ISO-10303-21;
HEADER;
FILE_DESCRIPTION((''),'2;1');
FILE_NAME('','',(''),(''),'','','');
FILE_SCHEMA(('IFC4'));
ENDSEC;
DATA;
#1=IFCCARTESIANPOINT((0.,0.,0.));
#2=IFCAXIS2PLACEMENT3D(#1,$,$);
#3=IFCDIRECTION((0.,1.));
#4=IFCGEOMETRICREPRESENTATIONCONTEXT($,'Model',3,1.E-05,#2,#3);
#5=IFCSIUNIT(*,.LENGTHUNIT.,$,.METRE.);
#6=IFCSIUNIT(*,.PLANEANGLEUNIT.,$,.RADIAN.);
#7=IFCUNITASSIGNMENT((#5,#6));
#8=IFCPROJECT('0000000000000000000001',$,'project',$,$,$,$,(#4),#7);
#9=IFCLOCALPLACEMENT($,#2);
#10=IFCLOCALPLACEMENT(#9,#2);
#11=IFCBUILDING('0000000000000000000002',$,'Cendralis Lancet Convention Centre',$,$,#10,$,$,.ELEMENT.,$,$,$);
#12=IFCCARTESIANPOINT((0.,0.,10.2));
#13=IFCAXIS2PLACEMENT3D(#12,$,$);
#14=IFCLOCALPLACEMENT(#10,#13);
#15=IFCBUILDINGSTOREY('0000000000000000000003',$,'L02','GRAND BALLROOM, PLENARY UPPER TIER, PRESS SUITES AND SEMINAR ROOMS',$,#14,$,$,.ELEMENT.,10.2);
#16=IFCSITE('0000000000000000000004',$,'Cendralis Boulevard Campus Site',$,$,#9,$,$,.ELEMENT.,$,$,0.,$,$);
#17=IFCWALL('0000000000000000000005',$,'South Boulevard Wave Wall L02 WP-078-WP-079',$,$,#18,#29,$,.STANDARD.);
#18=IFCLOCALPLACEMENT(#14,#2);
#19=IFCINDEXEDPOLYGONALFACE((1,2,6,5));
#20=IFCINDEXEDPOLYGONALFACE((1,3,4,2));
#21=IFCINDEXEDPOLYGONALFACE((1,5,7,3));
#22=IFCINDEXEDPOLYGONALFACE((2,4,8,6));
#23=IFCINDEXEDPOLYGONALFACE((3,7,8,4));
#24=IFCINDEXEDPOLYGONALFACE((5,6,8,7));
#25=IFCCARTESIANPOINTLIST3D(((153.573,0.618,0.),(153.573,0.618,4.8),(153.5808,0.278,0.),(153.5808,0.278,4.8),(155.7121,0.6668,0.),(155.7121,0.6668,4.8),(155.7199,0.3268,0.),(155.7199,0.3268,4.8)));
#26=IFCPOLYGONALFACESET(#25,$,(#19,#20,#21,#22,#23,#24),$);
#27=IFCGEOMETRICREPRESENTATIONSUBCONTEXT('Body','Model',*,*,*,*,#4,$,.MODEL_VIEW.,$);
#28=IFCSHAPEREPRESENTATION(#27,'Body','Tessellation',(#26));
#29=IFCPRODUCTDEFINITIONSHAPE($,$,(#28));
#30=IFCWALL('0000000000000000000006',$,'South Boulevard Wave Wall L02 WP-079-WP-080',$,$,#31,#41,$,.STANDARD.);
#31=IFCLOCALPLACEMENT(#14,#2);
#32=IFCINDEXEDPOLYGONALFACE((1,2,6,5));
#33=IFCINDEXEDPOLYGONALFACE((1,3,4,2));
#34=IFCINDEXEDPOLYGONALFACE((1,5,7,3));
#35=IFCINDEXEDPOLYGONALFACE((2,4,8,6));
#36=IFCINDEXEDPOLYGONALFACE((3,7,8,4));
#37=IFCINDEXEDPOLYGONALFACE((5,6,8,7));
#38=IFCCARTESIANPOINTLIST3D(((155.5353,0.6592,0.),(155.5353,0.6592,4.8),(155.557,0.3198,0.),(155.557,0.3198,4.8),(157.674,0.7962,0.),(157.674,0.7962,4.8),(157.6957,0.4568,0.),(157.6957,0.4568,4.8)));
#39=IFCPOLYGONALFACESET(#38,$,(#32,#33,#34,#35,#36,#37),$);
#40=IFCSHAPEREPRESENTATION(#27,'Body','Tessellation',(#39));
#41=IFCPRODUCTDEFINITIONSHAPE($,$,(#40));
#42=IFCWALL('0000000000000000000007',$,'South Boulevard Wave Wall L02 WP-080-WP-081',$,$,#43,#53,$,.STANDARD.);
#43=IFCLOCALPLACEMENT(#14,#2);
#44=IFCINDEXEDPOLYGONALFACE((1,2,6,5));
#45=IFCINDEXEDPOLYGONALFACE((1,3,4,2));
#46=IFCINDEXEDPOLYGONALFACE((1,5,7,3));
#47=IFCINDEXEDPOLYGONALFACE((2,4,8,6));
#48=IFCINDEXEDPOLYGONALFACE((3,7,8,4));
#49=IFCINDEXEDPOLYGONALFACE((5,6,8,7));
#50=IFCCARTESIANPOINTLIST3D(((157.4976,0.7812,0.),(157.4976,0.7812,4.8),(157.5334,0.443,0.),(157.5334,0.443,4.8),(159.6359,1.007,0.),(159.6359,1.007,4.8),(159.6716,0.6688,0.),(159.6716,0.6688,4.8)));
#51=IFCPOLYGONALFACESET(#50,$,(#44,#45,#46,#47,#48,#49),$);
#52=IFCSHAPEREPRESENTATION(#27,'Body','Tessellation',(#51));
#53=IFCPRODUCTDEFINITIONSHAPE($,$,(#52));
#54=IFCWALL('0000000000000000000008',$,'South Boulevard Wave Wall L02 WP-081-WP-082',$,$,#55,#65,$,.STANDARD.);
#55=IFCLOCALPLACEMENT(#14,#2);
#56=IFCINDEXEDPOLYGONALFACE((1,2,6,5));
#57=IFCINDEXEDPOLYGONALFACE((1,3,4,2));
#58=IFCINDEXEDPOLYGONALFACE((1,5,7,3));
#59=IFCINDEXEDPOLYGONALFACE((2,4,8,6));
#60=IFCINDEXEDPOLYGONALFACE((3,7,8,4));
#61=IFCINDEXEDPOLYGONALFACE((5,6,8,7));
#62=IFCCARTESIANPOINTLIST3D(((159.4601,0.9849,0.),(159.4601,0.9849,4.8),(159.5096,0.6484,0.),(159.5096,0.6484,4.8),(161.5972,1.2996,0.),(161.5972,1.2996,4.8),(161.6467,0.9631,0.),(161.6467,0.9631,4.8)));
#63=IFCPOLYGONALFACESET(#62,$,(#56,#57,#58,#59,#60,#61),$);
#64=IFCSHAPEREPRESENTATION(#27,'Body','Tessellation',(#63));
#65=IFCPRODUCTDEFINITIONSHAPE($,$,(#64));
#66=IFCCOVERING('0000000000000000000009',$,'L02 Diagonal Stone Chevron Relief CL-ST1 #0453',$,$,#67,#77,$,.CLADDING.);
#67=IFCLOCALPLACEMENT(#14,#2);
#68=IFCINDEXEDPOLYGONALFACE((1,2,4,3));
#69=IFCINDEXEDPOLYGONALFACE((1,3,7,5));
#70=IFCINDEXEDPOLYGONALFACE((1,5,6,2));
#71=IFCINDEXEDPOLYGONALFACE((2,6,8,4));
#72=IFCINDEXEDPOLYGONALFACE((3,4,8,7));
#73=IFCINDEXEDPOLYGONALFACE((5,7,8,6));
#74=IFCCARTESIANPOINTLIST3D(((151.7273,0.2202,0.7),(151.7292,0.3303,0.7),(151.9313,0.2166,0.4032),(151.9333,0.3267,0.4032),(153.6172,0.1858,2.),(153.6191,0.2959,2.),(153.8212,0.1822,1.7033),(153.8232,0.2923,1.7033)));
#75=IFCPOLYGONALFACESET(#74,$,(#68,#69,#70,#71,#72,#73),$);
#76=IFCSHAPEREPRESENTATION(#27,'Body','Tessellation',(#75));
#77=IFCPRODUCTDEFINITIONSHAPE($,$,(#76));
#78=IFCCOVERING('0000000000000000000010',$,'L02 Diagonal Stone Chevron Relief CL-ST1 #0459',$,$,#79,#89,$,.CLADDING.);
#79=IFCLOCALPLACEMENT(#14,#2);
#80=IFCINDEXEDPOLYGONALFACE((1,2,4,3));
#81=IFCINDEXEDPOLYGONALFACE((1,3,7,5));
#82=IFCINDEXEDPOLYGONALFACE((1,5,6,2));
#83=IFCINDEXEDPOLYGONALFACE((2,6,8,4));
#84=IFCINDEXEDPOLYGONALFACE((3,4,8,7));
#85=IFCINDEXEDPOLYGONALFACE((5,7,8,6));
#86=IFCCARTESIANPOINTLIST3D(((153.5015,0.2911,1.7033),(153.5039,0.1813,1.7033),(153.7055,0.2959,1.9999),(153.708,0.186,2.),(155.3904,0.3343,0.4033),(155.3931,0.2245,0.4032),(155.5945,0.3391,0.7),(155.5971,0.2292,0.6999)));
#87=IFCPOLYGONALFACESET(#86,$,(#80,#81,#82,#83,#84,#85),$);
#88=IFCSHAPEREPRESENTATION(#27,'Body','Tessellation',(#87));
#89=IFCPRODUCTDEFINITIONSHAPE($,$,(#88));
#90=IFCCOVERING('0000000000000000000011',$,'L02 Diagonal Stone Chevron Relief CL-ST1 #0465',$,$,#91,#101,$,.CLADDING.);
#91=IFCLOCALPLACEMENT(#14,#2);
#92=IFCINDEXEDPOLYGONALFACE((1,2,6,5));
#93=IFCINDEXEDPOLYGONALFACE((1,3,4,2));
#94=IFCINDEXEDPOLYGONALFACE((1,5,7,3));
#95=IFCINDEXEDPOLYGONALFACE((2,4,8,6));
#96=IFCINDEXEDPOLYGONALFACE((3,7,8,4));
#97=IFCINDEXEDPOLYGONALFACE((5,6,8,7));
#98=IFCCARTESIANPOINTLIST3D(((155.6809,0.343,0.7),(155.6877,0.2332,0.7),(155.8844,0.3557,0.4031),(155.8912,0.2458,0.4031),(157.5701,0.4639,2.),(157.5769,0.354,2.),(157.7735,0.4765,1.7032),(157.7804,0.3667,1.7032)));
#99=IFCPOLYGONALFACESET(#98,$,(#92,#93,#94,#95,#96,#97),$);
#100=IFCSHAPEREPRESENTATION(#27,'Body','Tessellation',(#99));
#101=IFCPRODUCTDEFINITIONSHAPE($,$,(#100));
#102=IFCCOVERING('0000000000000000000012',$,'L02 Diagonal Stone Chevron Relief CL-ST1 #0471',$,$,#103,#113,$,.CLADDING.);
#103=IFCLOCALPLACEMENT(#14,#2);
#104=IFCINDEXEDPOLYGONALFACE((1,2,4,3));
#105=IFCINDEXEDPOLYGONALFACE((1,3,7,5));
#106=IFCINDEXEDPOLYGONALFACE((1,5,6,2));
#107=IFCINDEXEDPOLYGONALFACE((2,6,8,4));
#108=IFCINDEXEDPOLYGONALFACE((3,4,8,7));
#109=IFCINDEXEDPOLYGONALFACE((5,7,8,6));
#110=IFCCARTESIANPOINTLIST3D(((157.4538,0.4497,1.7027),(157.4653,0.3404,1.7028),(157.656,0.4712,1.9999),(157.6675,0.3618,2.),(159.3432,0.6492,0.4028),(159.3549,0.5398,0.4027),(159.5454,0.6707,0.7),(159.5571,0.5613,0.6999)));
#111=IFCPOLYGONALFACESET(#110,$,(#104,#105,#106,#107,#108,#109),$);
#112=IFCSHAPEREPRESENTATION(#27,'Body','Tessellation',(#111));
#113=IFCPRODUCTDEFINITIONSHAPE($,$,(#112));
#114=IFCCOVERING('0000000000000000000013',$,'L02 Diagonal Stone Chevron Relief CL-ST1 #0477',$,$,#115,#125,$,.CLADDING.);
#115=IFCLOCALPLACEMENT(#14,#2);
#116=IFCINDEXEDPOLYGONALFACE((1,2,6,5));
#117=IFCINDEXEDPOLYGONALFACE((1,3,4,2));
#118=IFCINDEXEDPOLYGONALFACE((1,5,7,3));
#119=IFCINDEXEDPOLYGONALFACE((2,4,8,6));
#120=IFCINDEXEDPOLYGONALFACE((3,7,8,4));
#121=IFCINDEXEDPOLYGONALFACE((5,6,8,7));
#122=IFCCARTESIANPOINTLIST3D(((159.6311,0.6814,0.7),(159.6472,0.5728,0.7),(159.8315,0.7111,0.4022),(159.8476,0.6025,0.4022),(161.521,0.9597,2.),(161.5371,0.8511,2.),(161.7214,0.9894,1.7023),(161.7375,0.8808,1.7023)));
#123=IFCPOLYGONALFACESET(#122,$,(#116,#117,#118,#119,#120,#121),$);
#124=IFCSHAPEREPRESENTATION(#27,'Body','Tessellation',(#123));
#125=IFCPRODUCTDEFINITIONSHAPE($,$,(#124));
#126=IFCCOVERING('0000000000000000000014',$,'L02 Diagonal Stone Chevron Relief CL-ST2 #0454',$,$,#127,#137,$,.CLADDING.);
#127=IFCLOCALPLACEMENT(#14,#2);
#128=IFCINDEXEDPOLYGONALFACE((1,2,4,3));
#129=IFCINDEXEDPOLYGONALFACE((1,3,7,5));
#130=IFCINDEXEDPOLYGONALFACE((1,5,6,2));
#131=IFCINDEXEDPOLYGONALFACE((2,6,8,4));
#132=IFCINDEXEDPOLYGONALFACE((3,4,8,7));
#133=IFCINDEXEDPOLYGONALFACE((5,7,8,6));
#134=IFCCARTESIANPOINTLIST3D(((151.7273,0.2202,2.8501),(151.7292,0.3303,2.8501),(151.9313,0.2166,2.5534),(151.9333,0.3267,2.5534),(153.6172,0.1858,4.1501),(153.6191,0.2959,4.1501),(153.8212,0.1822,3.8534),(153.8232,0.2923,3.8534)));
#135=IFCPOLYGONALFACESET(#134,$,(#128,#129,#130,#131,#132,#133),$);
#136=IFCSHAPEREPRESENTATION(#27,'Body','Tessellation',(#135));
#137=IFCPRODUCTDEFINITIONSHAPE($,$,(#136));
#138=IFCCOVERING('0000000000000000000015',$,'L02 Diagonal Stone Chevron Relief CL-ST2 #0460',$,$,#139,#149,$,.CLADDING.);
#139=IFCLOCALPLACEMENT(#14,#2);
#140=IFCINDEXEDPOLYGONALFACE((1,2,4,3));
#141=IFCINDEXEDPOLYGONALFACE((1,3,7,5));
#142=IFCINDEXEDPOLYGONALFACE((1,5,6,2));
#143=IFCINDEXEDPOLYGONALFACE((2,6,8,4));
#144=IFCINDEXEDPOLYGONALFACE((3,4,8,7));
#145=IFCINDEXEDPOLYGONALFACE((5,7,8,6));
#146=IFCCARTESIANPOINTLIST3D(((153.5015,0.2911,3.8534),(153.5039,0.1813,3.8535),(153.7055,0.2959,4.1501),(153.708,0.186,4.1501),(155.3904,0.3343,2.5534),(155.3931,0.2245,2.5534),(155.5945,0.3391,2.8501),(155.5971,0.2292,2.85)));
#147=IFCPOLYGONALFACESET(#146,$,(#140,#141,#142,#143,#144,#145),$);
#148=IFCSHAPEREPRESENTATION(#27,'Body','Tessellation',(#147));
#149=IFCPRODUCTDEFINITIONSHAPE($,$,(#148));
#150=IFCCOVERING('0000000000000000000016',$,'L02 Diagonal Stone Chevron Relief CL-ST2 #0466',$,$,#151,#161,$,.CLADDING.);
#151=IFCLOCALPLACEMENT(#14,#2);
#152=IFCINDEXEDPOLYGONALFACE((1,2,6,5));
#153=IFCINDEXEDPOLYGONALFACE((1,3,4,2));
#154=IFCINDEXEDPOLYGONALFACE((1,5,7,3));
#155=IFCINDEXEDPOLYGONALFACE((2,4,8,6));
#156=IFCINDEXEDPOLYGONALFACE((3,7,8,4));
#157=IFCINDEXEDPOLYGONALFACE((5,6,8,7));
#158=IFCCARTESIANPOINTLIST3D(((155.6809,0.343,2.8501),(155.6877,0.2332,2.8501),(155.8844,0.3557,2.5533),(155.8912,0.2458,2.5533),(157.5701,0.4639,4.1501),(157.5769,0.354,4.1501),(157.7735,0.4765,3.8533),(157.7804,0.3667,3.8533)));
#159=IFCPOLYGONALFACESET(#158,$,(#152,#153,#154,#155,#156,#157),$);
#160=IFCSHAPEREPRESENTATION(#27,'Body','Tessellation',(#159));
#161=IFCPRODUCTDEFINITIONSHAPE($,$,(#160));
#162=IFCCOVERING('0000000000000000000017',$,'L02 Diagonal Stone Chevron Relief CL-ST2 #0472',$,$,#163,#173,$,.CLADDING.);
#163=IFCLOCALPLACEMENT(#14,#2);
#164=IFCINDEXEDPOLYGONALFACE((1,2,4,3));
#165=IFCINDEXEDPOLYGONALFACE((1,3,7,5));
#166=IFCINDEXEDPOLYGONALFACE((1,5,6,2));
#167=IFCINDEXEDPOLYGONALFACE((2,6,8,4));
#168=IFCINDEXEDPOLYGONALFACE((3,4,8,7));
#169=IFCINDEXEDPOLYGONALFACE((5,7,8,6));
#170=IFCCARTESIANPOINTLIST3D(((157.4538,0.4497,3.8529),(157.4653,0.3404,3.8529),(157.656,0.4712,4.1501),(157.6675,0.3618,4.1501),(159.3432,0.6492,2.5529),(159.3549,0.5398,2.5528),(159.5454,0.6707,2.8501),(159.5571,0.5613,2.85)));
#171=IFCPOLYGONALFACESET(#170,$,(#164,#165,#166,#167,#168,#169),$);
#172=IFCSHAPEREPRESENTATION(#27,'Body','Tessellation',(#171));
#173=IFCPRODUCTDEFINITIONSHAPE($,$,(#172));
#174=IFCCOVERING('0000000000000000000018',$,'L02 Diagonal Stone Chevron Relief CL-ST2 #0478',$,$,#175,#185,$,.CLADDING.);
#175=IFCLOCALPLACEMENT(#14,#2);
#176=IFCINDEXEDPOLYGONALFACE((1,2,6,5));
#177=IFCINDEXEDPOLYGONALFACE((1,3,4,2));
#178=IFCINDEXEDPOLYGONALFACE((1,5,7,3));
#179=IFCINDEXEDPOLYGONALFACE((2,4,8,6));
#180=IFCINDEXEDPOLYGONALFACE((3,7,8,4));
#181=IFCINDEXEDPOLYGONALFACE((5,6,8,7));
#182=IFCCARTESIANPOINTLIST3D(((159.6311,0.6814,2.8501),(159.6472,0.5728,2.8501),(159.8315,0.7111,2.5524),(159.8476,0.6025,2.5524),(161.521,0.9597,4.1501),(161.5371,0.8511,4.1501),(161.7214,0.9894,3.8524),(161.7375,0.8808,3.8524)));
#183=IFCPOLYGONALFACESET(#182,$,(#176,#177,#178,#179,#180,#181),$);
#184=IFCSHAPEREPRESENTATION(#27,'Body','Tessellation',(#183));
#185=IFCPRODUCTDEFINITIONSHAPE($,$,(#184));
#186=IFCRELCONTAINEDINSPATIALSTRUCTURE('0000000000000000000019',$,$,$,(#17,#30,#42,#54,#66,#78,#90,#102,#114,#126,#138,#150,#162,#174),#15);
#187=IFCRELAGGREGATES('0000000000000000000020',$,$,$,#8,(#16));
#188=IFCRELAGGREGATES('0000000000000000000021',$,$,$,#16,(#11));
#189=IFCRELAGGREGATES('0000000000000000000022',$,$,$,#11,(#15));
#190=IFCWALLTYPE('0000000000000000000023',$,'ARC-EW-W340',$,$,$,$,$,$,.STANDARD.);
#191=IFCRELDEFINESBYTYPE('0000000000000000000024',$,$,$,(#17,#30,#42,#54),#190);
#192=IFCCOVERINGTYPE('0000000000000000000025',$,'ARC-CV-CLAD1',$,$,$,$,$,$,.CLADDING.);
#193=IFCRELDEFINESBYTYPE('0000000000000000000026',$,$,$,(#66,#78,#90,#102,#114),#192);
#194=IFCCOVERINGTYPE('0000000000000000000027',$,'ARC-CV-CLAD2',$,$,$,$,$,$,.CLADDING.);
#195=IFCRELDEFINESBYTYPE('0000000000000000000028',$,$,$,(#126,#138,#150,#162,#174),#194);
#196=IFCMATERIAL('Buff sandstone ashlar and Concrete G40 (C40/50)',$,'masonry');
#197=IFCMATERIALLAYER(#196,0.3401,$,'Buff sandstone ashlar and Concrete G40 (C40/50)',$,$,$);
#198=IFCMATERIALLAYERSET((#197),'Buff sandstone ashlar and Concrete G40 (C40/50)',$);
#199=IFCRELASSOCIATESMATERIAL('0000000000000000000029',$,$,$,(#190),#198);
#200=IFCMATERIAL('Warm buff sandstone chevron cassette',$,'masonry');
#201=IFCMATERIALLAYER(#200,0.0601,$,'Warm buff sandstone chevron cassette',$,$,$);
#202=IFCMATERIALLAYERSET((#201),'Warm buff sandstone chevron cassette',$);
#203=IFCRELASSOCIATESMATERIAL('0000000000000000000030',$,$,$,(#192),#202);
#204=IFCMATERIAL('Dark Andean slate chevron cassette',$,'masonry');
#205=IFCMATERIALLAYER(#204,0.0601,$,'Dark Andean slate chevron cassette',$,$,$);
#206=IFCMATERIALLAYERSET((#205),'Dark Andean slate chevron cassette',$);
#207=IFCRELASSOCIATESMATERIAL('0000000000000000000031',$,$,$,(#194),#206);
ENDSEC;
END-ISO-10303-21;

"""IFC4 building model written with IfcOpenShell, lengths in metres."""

from ifc_helpers import new_model, si_unit, direction, frame, frame_2d, origin, place, context, subcontext, project, spatial, polyline, rectangle, outline, extrude, material, layer, layer_set, type_object, element, save


model = new_model("IFC4")

# Units and contexts
model_context = context("Model", 3, precision=1e-05, world=origin(), true_north=direction((0.0, 1.0)))
body_context = subcontext(model_context, "Body", "Model", "MODEL_VIEW")
ifc_project = project(units=[si_unit("LENGTHUNIT", "METRE"), si_unit("PLANEANGLEUNIT", "RADIAN")], contexts=[model_context])

# Site, building, storey
site_placement = place(None, origin())
site = spatial("IfcSite", under=ifc_project, at=site_placement, Name="Cendralis Boulevard Campus Site", CompositionType="ELEMENT", RefElevation=0.0)
building_placement = place(site_placement, origin())
building = spatial("IfcBuilding", under=site, at=building_placement, Name="Cendralis Lancet Convention Centre", CompositionType="ELEMENT")
storey_placement = place(building_placement, frame((0.0, 0.0, 10.2)))
storey = spatial("IfcBuildingStorey", under=building, at=storey_placement, Name="L02", Description="GRAND BALLROOM, PLENARY UPPER TIER, PRESS SUITES AND SEMINAR ROOMS", CompositionType="ELEMENT", Elevation=10.2)

# Shared definitions
ifc_material_1 = material(Name="Warm buff sandstone chevron cassette", Category="masonry")
ifc_material_2 = material(Name="Dark Andean slate chevron cassette", Category="masonry")

# Walls
ifc_material_3 = material(Name="Buff sandstone ashlar and Concrete G40 (C40/50)", Category="masonry")
ifc_layer_1 = layer(ifc_material_3, 0.3401, Name="Buff sandstone ashlar and Concrete G40 (C40/50)")
ifc_layer_set_1 = layer_set([ifc_layer_1], Name="Buff sandstone ashlar and Concrete G40 (C40/50)")
wall_type = type_object("IfcWallType", Name="ARC-EW-W340", PredefinedType="STANDARD", material=ifc_layer_set_1)
wall_1_placement = place(storey_placement, frame((153.5769, 0.448, 0.0), z_axis=(0.0, 0.0, 1.0), x_axis=(0.99974, 0.02282, 0.0)))
element("IfcWall", 1, at=wall_1_placement, inside=storey, type_object=wall_type, Name="South Boulevard Wave Wall L02 WP-078-WP-079", PredefinedType="STANDARD", context=body_context, shape_type="SweptSolid", body=[
    extrude(rectangle(XDim=2.1396, YDim=0.3401, at=frame_2d((1.0698, 0.0))), origin(), (0.0, 0.0, 1.0), 4.8),
])
wall_2_placement = place(storey_placement, frame((155.5461, 0.4895, 0.0), z_axis=(0.0, 0.0, 1.0), x_axis=(0.997956, 0.06391, 0.0)))
element("IfcWall", 2, at=wall_2_placement, inside=storey, type_object=wall_type, Name="South Boulevard Wave Wall L02 WP-079-WP-080", PredefinedType="STANDARD", context=body_context, shape_type="SweptSolid", body=[
    extrude(rectangle(XDim=2.1431, YDim=0.3401, at=frame_2d((1.0715, 0.0))), origin(), (0.0, 0.0, 1.0), 4.8),
])
wall_3_placement = place(storey_placement, frame((157.5154, 0.6121, 0.0), z_axis=(0.0, 0.0, 1.0), x_axis=(0.994469, 0.105034, 0.0)))
element("IfcWall", 3, at=wall_3_placement, inside=storey, type_object=wall_type, Name="South Boulevard Wave Wall L02 WP-080-WP-081", PredefinedType="STANDARD", context=body_context, shape_type="SweptSolid", body=[
    extrude(rectangle(XDim=2.1501, YDim=0.3401, at=frame_2d((1.0752, 0.0))), origin(), (0.0, 0.0, 1.0), 4.8),
])
wall_4_placement = place(storey_placement, frame((159.4849, 0.8167, 0.0), z_axis=(0.0, 0.0, 1.0), x_axis=(0.989332, 0.145676, 0.0)))
element("IfcWall", 4, at=wall_4_placement, inside=storey, type_object=wall_type, Name="South Boulevard Wave Wall L02 WP-081-WP-082", PredefinedType="STANDARD", context=body_context, shape_type="SweptSolid", body=[
    extrude(rectangle(XDim=2.1602, YDim=0.3401, at=frame_2d((1.0801, 0.0))), origin(), (0.0, 0.0, 1.0), 4.8),
])

# Coverings
ifc_layer_2 = layer(ifc_material_1, 0.0601, Name="Warm buff sandstone chevron cassette")
ifc_layer_set_2 = layer_set([ifc_layer_2], Name="Warm buff sandstone chevron cassette")
covering_type_1 = type_object("IfcCoveringType", Name="ARC-CV-CLAD1", PredefinedType="CLADDING", material=ifc_layer_set_2)
covering_1_placement = place(storey_placement, frame((151.7273, 0.2202, 0.7), z_axis=(-0.566597, 0.010051, 0.823934), x_axis=(0.823797, -0.015005, 0.566686)))
element("IfcCovering", 5, at=covering_1_placement, inside=storey, type_object=covering_type_1, Name="L02 Diagonal Stone Chevron Relief CL-ST1 #0453", PredefinedType="CLADDING", context=body_context, shape_type="SweptSolid", body=[
    extrude(outline(polyline([(0.0, 0.0), (2.2941, 0.0), (2.2941, 0.1101), (0.0, 0.1101), (0.0, 0.0)])), origin(), (0.0, 0.0, -1.0), 0.3601),
])
covering_2_placement = place(storey_placement, frame((153.708, 0.186, 2.0), z_axis=(0.566669, 0.013222, 0.823839), x_axis=(0.823624, 0.01884, -0.566823)))
element("IfcCovering", 6, at=covering_2_placement, inside=storey, type_object=covering_type_1, Name="L02 Diagonal Stone Chevron Relief CL-ST1 #0459", PredefinedType="CLADDING", context=body_context, shape_type="SweptSolid", body=[
    extrude(outline(polyline([(0.0, 0.0), (2.2937, 0.0), (2.2935, 0.1099), (0.0001, 0.1099), (0.0, 0.0)])), origin(), (0.0, 0.0, -1.0), 0.3601),
])
covering_3_placement = place(storey_placement, frame((155.6877, 0.2332, 0.7), z_axis=(-0.565022, -0.035157, 0.824327), x_axis=(0.822646, 0.052625, 0.566114)))
element("IfcCovering", 7, at=covering_3_placement, inside=storey, type_object=covering_type_1, Name="L02 Diagonal Stone Chevron Relief CL-ST1 #0465", PredefinedType="CLADDING", context=body_context, shape_type="SweptSolid", body=[
    extrude(outline(polyline([(0.0, 0.0), (2.2964, 0.0), (2.2966, 0.1101), (0.0002, 0.1101), (0.0, 0.0)])), origin(), (0.0, 0.0, -1.0), 0.3601),
])
covering_4_placement = place(storey_placement, frame((157.6675, 0.3618, 2.0), z_axis=(0.561546, 0.059539, 0.825301), x_axis=(0.820741, 0.086634, -0.564693)))
element("IfcCovering", 8, at=covering_4_placement, inside=storey, type_object=covering_type_1, Name="L02 Diagonal Stone Chevron Relief CL-ST1 #0471", PredefinedType="CLADDING", context=body_context, shape_type="SweptSolid", body=[
    extrude(outline(polyline([(0.0, 0.0), (2.3023, 0.0), (2.3022, 0.11), (0.0001, 0.11), (0.0, 0.0)])), origin(), (0.0, 0.0, -1.0), 0.3601),
])
covering_5_placement = place(storey_placement, frame((159.6472, 0.5728, 0.7), z_axis=(-0.556536, -0.082542, 0.826713), x_axis=(0.817891, 0.120449, 0.562624)))
element("IfcCovering", 9, at=covering_5_placement, inside=storey, type_object=covering_type_1, Name="L02 Diagonal Stone Chevron Relief CL-ST1 #0477", PredefinedType="CLADDING", context=body_context, shape_type="SweptSolid", body=[
    extrude(outline(polyline([(0.0, 0.0), (2.3107, 0.0), (2.3106, 0.1098), (-0.0001, 0.1098), (0.0, 0.0)])), origin(), (0.0, 0.0, -1.0), 0.3601),
])
ifc_layer_3 = layer(ifc_material_2, 0.0601, Name="Dark Andean slate chevron cassette")
ifc_layer_set_3 = layer_set([ifc_layer_3], Name="Dark Andean slate chevron cassette")
covering_type_2 = type_object("IfcCoveringType", Name="ARC-CV-CLAD2", PredefinedType="CLADDING", material=ifc_layer_set_3)
covering_6_placement = place(storey_placement, frame((151.7273, 0.2202, 2.8501), z_axis=(-0.566597, 0.010051, 0.823934), x_axis=(0.823797, -0.015005, 0.566686)))
element("IfcCovering", 10, at=covering_6_placement, inside=storey, type_object=covering_type_2, Name="L02 Diagonal Stone Chevron Relief CL-ST2 #0454", PredefinedType="CLADDING", context=body_context, shape_type="SweptSolid", body=[
    extrude(outline(polyline([(0.0, 0.0), (2.2941, 0.0), (2.2941, 0.1101), (0.0, 0.1101), (0.0, 0.0)])), origin(), (0.0, 0.0, -1.0), 0.3601),
])
covering_7_placement = place(storey_placement, frame((153.708, 0.186, 4.1501), z_axis=(0.566669, 0.013222, 0.823839), x_axis=(0.823624, 0.01884, -0.566823)))
element("IfcCovering", 11, at=covering_7_placement, inside=storey, type_object=covering_type_2, Name="L02 Diagonal Stone Chevron Relief CL-ST2 #0460", PredefinedType="CLADDING", context=body_context, shape_type="SweptSolid", body=[
    extrude(outline(polyline([(0.0, 0.0), (2.2937, 0.0), (2.2935, 0.1099), (0.0001, 0.1099), (0.0, 0.0)])), origin(), (0.0, 0.0, -1.0), 0.3601),
])
covering_8_placement = place(storey_placement, frame((155.6877, 0.2332, 2.8501), z_axis=(-0.565022, -0.035157, 0.824327), x_axis=(0.822646, 0.052625, 0.566114)))
element("IfcCovering", 12, at=covering_8_placement, inside=storey, type_object=covering_type_2, Name="L02 Diagonal Stone Chevron Relief CL-ST2 #0466", PredefinedType="CLADDING", context=body_context, shape_type="SweptSolid", body=[
    extrude(outline(polyline([(0.0, 0.0), (2.2964, 0.0), (2.2966, 0.1101), (0.0002, 0.1101), (0.0, 0.0)])), origin(), (0.0, 0.0, -1.0), 0.3601),
])
covering_9_placement = place(storey_placement, frame((157.6675, 0.3618, 4.1501), z_axis=(0.561546, 0.059539, 0.825301), x_axis=(0.820741, 0.086634, -0.564693)))
element("IfcCovering", 13, at=covering_9_placement, inside=storey, type_object=covering_type_2, Name="L02 Diagonal Stone Chevron Relief CL-ST2 #0472", PredefinedType="CLADDING", context=body_context, shape_type="SweptSolid", body=[
    extrude(outline(polyline([(0.0, 0.0), (2.3023, 0.0), (2.3022, 0.11), (0.0001, 0.11), (0.0, 0.0)])), origin(), (0.0, 0.0, -1.0), 0.3601),
])
covering_10_placement = place(storey_placement, frame((159.6472, 0.5728, 2.8501), z_axis=(-0.556536, -0.082542, 0.826713), x_axis=(0.817891, 0.120449, 0.562624)))
element("IfcCovering", 14, at=covering_10_placement, inside=storey, type_object=covering_type_2, Name="L02 Diagonal Stone Chevron Relief CL-ST2 #0478", PredefinedType="CLADDING", context=body_context, shape_type="SweptSolid", body=[
    extrude(outline(polyline([(0.0, 0.0), (2.3107, 0.0), (2.3106, 0.1098), (-0.0001, 0.1098), (0.0, 0.0)])), origin(), (0.0, 0.0, -1.0), 0.3601),
])

save(model, "model.ifc")
